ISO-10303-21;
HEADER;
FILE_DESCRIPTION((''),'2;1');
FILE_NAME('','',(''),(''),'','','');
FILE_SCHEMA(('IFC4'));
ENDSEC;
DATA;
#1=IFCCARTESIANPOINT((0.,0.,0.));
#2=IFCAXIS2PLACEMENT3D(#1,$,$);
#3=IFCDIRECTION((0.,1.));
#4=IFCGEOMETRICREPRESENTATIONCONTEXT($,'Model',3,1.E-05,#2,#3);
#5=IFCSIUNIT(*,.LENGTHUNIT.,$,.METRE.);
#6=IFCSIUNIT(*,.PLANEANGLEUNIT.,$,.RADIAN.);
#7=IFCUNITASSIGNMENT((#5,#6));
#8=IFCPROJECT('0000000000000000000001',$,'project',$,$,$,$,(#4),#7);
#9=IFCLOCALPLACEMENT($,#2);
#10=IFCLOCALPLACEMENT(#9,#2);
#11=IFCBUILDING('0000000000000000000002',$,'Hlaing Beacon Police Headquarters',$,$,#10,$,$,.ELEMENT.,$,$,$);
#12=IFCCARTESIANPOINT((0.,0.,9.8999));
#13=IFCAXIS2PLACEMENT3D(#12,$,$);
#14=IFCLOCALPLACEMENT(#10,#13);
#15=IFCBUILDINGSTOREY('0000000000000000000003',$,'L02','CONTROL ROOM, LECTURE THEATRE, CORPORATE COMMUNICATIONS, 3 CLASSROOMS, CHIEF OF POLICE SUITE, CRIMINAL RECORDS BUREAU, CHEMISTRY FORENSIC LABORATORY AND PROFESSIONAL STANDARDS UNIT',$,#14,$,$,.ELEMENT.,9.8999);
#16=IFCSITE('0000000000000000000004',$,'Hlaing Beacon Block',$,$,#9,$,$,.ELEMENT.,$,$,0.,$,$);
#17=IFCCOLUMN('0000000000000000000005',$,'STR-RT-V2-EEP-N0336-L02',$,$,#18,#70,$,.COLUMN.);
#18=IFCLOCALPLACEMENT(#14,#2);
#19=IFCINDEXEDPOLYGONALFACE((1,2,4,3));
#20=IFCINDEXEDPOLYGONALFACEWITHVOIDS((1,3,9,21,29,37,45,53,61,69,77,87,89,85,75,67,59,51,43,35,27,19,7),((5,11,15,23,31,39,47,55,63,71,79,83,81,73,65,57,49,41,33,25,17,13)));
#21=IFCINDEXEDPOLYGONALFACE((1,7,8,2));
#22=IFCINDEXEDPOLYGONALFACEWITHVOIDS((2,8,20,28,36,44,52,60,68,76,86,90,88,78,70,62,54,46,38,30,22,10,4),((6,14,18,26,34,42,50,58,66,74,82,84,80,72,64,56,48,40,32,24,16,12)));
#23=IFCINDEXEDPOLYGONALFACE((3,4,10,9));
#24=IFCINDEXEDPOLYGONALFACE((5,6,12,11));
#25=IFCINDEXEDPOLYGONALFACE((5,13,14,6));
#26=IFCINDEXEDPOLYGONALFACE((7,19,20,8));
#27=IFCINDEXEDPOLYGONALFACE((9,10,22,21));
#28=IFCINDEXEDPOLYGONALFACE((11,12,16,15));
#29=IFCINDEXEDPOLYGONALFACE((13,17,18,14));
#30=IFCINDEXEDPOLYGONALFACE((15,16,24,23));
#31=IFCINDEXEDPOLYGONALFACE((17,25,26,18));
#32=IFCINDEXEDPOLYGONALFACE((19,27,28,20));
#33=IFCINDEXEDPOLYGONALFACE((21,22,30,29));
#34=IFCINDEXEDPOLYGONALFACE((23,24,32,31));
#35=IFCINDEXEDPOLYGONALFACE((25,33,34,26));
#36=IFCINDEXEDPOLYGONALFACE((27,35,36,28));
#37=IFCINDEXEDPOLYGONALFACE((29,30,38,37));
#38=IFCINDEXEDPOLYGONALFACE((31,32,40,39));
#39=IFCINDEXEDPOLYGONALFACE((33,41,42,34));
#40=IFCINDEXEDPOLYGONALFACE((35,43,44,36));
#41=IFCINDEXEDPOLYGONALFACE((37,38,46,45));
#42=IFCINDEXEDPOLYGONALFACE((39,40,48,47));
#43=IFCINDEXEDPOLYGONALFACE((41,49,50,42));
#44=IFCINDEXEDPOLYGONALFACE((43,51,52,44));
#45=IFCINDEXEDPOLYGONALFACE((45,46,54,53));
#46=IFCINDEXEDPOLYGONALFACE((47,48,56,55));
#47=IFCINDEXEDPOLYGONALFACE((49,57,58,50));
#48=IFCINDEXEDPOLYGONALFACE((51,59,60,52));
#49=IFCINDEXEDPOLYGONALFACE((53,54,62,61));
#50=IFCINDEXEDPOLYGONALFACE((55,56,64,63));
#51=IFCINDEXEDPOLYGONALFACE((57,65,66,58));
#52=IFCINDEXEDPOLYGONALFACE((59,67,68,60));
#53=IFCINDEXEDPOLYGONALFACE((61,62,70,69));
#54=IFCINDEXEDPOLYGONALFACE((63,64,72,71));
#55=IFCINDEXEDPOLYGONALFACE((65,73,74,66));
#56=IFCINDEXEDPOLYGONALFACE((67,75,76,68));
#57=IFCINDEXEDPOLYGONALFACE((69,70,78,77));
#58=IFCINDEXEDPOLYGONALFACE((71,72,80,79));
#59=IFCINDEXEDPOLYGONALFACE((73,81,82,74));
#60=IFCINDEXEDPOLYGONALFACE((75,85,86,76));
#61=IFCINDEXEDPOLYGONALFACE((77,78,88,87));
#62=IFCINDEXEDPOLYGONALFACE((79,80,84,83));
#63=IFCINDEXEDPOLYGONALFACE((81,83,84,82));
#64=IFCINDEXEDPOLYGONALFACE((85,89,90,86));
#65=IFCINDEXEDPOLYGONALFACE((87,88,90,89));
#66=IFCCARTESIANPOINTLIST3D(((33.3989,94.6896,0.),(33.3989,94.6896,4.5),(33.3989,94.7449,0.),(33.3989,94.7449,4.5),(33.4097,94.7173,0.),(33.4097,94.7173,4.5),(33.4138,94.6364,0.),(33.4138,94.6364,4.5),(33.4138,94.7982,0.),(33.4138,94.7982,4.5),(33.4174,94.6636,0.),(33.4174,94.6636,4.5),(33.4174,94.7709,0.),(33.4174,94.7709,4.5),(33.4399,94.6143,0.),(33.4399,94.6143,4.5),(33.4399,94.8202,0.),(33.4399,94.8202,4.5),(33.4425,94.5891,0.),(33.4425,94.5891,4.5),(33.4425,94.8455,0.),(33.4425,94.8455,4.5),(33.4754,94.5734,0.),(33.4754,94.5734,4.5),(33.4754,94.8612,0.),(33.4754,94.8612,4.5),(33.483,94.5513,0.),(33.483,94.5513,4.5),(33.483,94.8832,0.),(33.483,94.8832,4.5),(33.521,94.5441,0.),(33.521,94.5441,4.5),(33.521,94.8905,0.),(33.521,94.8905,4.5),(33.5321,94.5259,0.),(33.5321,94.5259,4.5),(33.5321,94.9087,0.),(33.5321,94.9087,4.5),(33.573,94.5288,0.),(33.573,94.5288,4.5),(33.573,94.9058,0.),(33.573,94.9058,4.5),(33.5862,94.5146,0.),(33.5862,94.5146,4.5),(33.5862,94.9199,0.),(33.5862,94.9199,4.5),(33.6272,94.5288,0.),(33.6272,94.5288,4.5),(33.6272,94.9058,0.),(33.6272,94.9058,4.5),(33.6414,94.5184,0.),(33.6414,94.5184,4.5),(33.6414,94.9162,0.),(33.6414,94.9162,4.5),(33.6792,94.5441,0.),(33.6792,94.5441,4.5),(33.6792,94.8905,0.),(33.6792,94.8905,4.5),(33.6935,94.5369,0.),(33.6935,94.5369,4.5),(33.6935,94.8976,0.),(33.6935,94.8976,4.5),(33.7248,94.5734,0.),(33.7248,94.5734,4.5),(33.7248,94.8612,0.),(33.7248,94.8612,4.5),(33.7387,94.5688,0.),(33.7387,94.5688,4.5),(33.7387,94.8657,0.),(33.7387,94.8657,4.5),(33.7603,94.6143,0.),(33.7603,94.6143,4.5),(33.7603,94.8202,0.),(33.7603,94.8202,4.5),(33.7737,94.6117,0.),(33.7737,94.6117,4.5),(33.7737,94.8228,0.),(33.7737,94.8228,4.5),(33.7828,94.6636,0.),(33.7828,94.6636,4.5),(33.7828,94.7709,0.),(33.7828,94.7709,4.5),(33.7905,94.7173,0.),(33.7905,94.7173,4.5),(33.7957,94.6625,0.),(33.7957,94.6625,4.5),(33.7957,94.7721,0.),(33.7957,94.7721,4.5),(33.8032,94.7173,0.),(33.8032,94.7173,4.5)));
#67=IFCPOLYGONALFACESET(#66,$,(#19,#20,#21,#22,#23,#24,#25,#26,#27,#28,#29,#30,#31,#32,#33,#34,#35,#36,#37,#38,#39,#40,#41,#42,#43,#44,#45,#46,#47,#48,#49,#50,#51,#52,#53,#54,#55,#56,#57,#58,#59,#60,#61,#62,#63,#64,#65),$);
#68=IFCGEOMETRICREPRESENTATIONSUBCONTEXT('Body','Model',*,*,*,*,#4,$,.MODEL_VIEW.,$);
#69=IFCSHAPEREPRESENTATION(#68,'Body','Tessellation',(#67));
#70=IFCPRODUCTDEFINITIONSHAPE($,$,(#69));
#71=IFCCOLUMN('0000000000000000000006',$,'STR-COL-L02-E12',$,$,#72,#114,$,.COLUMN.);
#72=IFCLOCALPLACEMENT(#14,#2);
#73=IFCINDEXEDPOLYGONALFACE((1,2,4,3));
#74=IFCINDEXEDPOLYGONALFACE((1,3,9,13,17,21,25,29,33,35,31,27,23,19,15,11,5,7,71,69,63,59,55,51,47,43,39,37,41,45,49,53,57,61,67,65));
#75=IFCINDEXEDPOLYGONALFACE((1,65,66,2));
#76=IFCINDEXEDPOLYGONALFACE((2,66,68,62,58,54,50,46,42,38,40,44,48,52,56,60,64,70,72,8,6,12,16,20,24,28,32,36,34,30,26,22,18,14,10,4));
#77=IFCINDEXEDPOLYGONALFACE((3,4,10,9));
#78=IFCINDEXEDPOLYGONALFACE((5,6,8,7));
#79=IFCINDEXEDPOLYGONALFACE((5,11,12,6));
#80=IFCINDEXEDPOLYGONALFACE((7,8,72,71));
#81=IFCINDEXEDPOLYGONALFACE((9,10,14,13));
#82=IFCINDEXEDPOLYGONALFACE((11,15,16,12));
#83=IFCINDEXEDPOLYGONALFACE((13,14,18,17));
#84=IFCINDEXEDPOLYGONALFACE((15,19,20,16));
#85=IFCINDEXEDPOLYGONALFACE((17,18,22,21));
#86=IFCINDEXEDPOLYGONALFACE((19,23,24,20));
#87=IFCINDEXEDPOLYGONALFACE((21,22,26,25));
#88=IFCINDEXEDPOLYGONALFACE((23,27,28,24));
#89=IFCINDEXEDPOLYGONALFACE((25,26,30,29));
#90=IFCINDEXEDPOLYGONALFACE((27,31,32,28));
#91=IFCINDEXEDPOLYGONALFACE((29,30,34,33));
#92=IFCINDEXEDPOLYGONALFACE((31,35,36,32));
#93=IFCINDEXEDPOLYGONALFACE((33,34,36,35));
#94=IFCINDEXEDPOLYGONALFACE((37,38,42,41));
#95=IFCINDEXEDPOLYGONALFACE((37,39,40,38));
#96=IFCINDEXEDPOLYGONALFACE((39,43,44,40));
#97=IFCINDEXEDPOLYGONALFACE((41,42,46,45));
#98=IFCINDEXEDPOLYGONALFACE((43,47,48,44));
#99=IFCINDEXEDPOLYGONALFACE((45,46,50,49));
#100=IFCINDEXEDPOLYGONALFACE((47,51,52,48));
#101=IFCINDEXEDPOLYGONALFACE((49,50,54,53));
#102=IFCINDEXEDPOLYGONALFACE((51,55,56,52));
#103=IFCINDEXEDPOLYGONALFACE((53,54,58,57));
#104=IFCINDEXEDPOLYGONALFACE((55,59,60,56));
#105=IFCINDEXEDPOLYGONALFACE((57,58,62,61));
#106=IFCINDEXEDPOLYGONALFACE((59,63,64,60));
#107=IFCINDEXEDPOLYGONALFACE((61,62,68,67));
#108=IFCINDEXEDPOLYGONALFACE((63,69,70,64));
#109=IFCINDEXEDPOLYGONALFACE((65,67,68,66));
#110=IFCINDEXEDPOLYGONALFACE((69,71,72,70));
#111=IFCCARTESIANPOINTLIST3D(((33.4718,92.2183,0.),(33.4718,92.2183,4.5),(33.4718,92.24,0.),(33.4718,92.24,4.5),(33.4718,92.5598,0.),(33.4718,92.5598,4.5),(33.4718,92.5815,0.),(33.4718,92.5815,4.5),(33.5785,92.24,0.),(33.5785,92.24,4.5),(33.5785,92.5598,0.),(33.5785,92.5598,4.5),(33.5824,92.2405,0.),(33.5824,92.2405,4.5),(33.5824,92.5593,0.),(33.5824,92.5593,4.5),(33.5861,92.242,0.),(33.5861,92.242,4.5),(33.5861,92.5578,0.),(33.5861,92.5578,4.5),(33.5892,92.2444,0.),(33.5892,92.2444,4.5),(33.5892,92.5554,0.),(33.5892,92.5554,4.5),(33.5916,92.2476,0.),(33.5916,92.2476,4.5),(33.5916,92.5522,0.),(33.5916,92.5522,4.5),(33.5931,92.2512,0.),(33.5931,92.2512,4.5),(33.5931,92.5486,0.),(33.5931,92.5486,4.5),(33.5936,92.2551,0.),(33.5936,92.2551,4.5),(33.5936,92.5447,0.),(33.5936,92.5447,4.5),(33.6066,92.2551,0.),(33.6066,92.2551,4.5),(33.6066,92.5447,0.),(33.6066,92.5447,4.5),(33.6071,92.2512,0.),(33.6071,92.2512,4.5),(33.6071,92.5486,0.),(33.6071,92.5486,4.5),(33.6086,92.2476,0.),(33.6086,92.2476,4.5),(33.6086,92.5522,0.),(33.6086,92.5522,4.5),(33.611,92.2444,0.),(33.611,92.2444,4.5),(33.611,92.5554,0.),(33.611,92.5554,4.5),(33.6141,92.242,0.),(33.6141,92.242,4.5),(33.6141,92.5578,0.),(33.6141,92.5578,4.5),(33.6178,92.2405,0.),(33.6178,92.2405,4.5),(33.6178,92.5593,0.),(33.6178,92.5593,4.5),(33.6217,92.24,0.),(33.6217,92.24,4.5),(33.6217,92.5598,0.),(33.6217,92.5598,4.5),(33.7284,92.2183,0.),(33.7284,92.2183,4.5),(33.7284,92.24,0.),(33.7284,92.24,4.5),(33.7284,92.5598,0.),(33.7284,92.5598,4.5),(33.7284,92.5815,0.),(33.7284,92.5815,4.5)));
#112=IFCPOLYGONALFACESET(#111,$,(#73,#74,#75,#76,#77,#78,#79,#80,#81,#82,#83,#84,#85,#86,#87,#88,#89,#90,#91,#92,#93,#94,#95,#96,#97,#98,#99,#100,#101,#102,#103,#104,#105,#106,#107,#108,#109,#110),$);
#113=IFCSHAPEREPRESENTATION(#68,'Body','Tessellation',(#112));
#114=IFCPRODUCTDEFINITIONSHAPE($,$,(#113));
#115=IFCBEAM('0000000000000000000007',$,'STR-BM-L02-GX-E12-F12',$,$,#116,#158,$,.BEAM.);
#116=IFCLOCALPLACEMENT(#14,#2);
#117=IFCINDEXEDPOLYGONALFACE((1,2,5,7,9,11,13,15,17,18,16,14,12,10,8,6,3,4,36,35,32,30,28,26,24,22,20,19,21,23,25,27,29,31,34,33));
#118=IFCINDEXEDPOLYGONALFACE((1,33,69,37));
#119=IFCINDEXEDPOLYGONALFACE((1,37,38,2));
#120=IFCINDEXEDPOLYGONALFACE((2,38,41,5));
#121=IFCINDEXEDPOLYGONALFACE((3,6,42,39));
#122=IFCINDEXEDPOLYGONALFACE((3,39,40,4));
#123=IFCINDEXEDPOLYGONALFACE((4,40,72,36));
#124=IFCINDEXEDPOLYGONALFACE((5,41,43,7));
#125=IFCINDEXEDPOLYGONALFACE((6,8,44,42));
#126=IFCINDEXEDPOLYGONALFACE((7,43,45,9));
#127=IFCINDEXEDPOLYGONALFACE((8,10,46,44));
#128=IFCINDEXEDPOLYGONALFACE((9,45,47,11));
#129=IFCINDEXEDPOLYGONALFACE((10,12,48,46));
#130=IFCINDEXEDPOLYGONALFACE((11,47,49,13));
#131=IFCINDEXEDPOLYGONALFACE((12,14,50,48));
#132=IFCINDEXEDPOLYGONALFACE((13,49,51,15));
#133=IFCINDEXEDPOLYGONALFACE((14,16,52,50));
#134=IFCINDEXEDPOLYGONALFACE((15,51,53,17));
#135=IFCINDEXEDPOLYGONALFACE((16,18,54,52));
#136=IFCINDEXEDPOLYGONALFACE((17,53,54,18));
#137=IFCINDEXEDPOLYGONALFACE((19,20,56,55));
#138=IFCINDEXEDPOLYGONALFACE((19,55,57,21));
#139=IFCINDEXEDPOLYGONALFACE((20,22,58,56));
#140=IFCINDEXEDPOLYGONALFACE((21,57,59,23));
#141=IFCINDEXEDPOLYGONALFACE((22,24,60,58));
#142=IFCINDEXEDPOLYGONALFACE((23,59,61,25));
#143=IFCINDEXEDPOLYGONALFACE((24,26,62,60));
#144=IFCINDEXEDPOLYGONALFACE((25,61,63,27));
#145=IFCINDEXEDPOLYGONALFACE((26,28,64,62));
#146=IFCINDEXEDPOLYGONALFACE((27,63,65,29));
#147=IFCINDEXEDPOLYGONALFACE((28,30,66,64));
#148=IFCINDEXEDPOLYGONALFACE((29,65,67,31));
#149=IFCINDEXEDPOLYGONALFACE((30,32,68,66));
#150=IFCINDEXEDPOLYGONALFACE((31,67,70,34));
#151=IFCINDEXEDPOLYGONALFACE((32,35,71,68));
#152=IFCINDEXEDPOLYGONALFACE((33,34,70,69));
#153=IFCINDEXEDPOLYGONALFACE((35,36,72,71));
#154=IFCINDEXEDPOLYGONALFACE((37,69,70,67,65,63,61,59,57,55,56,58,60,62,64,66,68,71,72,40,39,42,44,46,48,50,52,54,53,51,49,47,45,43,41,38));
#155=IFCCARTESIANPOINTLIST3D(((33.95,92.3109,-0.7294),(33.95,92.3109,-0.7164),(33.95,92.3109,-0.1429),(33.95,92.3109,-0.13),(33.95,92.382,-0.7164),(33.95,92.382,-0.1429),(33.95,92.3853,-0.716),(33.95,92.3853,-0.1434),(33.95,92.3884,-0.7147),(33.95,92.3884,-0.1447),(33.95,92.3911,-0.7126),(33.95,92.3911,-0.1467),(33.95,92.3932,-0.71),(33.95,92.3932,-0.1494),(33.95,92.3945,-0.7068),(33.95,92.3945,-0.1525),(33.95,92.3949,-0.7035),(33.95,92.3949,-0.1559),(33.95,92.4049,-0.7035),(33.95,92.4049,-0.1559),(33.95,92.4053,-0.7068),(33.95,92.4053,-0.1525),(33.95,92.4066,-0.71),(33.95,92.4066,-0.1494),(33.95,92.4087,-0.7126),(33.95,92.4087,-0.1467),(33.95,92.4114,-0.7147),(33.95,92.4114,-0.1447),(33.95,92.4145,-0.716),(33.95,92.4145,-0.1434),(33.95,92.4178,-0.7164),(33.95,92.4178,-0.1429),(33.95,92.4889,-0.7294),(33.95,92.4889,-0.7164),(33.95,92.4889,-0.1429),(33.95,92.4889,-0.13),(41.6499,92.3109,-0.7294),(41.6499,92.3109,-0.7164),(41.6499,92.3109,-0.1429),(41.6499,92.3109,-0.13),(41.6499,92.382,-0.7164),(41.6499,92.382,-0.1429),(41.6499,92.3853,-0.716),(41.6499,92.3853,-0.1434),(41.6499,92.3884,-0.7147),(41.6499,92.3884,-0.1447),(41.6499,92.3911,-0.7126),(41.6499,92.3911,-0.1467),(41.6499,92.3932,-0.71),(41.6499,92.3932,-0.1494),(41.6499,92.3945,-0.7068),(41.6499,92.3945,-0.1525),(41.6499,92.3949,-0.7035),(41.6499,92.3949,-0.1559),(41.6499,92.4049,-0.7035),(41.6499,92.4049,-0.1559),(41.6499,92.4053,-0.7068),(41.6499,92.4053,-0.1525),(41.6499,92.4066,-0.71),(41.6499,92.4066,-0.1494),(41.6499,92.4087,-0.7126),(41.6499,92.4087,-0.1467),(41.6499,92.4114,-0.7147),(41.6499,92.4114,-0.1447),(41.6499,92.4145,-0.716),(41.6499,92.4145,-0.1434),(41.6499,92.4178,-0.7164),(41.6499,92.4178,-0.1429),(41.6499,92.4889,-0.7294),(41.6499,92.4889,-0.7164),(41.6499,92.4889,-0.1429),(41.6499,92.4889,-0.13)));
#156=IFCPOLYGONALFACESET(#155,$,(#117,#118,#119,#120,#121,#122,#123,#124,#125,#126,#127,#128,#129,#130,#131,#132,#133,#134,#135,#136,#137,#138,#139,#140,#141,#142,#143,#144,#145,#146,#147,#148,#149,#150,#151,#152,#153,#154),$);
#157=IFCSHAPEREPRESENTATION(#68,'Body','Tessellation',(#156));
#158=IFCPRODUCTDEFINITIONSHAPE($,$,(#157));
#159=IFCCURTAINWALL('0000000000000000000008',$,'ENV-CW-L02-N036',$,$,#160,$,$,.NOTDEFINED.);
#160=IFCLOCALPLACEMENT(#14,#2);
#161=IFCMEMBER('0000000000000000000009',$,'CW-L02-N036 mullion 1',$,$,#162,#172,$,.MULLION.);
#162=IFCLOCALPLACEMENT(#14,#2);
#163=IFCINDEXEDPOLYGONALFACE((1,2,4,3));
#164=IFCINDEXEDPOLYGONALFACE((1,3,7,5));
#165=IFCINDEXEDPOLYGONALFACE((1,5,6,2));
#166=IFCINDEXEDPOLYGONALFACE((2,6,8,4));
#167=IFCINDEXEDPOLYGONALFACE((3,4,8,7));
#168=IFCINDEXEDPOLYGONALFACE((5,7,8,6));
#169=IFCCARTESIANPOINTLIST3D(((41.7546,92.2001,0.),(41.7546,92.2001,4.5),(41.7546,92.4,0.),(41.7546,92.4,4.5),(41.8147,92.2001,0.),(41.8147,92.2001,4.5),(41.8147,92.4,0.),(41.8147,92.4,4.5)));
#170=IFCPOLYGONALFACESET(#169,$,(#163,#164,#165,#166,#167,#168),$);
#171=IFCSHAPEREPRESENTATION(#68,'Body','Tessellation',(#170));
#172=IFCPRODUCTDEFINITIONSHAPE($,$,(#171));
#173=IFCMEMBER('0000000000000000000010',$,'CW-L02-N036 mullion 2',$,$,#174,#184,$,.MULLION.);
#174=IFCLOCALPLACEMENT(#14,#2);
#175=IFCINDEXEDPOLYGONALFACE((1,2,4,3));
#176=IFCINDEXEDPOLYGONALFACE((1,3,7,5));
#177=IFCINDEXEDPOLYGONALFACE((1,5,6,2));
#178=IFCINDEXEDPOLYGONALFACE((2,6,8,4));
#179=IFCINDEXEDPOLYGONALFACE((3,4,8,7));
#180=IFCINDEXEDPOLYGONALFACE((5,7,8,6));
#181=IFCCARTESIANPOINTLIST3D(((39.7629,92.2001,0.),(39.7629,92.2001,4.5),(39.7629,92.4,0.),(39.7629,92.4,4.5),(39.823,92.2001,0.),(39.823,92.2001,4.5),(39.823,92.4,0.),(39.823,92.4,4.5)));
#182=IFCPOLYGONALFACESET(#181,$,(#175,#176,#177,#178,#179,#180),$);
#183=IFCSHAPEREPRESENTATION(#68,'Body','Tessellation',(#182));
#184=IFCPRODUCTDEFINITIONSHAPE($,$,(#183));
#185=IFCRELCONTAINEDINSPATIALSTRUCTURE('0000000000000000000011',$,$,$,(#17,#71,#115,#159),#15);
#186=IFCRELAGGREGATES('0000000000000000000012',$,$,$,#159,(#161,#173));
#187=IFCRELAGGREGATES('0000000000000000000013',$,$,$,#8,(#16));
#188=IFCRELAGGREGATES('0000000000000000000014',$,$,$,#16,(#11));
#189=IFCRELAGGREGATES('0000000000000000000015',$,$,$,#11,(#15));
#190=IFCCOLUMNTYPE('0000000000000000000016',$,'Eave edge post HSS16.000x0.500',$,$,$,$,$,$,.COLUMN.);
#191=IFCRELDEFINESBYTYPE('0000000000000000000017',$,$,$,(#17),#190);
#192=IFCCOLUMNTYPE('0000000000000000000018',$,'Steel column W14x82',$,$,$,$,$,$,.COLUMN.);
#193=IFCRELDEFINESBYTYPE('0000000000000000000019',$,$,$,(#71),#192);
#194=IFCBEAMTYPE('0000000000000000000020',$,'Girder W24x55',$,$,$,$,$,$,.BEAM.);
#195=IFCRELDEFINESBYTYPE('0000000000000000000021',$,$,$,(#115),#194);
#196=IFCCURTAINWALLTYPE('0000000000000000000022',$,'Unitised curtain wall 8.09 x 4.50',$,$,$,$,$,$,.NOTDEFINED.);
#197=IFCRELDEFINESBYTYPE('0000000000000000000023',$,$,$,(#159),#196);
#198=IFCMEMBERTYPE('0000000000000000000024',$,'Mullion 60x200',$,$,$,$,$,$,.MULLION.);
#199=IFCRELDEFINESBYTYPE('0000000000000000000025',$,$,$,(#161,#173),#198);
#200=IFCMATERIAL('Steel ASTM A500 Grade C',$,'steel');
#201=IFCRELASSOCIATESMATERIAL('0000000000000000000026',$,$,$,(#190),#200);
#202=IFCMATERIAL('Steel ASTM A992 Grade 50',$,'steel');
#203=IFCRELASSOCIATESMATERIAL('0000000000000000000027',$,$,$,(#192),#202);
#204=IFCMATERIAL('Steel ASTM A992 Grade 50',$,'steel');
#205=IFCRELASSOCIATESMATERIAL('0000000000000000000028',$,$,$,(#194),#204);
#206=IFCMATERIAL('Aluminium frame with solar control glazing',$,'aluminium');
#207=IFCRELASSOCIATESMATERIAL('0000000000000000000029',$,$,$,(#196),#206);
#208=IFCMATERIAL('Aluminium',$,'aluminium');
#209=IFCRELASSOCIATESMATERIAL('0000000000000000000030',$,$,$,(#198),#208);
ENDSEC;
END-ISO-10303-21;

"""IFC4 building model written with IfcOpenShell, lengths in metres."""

from ifc_helpers import new_model, si_unit, direction, frame, origin, origin_2d, place, context, subcontext, project, spatial, rectangle, hollow_circle, i_section, extrude, material, material_profile, profile_set, type_object, element, aggregate, save


model = new_model("IFC4")

# Units and contexts
model_context = context("Model", 3, precision=1e-05, world=origin(), true_north=direction((0.0, 1.0)))
body_context = subcontext(model_context, "Body", "Model", "MODEL_VIEW")
ifc_project = project(units=[si_unit("LENGTHUNIT", "METRE"), si_unit("PLANEANGLEUNIT", "RADIAN")], contexts=[model_context])

# Site, building, storey
site_placement = place(None, origin())
site = spatial("IfcSite", under=ifc_project, at=site_placement, Name="Hlaing Beacon Block", CompositionType="ELEMENT", RefElevation=0.0)
building_placement = place(site_placement, origin())
building = spatial("IfcBuilding", under=site, at=building_placement, Name="Hlaing Beacon Police Headquarters", CompositionType="ELEMENT")
storey_placement = place(building_placement, frame((0.0, 0.0, 9.8999)))
storey = spatial("IfcBuildingStorey", under=building, at=storey_placement, Name="L02", Description="CONTROL ROOM, LECTURE THEATRE, CORPORATE COMMUNICATIONS, 3 CLASSROOMS, CHIEF OF POLICE SUITE, CRIMINAL RECORDS BUREAU, CHEMISTRY FORENSIC LABORATORY AND PROFESSIONAL STANDARDS UNIT", CompositionType="ELEMENT", Elevation=9.8999)

# Columns
ifc_material_1 = material(Name="Steel ASTM A500 Grade C", Category="steel")
ifc_material_profile_1 = material_profile(ifc_material_1, hollow_circle(Radius=0.2031, WallThickness=0.0127, at=origin_2d()), Name="HSS16.000x0.500")
ifc_profile_set_1 = profile_set([ifc_material_profile_1], Name="Steel ASTM A500 Grade C")
column_type_1 = type_object("IfcColumnType", Name="Eave edge post HSS16.000x0.500", PredefinedType="COLUMN", material=ifc_profile_set_1)
column_1_placement = place(storey_placement, frame((33.6001, 94.7173, 0.0), z_axis=(0.0, 0.0, 1.0), x_axis=(1.0, 0.0, 0.0)))
element("IfcColumn", 1, at=column_1_placement, inside=storey, type_object=column_type_1, Name="STR-RT-V2-EEP-N0336-L02", PredefinedType="COLUMN", context=body_context, shape_type="SweptSolid", body=[
    extrude(hollow_circle(Radius=0.2031, WallThickness=0.0127, at=origin_2d()), origin(), (0.0, 0.0, 1.0), 4.5),
])
ifc_material_2 = material(Name="Steel ASTM A992 Grade 50", Category="steel")
ifc_material_profile_2 = material_profile(ifc_material_2, i_section(OverallWidth=0.2566, OverallDepth=0.3633, WebThickness=0.0129, FlangeThickness=0.0217, FilletRadius=0.0151, at=origin_2d()), Name="W14x82")
ifc_profile_set_2 = profile_set([ifc_material_profile_2], Name="Steel ASTM A992 Grade 50")
column_type_2 = type_object("IfcColumnType", Name="Steel column W14x82", PredefinedType="COLUMN", material=ifc_profile_set_2)
column_2_placement = place(storey_placement, frame((33.6001, 92.3999, 0.0), z_axis=(0.0, 0.0, 1.0), x_axis=(1.0, 0.0, 0.0)))
element("IfcColumn", 2, at=column_2_placement, inside=storey, type_object=column_type_2, Name="STR-COL-L02-E12", PredefinedType="COLUMN", context=body_context, shape_type="SweptSolid", body=[
    extrude(i_section(OverallWidth=0.2566, OverallDepth=0.3633, WebThickness=0.0129, FlangeThickness=0.0217, FilletRadius=0.0151, at=origin_2d()), origin(), (0.0, 0.0, 1.0), 4.5),
])

# Beam
ifc_material_3 = material(Name="Steel ASTM A992 Grade 50", Category="steel")
ifc_material_profile_3 = material_profile(ifc_material_3, i_section(OverallWidth=0.178, OverallDepth=0.5994, WebThickness=0.01, FlangeThickness=0.0129, FilletRadius=0.0129, at=origin_2d()), Name="W24x55")
ifc_profile_set_3 = profile_set([ifc_material_profile_3], Name="Steel ASTM A992 Grade 50")
beam_type = type_object("IfcBeamType", Name="Girder W24x55", PredefinedType="BEAM", material=ifc_profile_set_3)
beam_placement = place(storey_placement, frame((33.95, 92.3999, -0.4297), z_axis=(1.0, 0.0, 0.0), x_axis=(0.0, 1.0, 0.0)))
element("IfcBeam", 3, at=beam_placement, inside=storey, type_object=beam_type, Name="STR-BM-L02-GX-E12-F12", PredefinedType="BEAM", context=body_context, shape_type="SweptSolid", body=[
    extrude(i_section(OverallWidth=0.178, OverallDepth=0.5994, WebThickness=0.01, FlangeThickness=0.0129, FilletRadius=0.0129, at=origin_2d()), origin(), (0.0, 0.0, 1.0), 7.7),
])

# Curtain wall, members
ifc_material_4 = material(Name="Aluminium frame with solar control glazing", Category="aluminium")
curtain_wall_type = type_object("IfcCurtainWallType", Name="Unitised curtain wall 8.09 x 4.50", PredefinedType="NOTDEFINED", material=ifc_material_4)
curtain_wall_placement = place(storey_placement, origin())
curtain_wall = element("IfcCurtainWall", 4, at=curtain_wall_placement, inside=storey, type_object=curtain_wall_type, Name="ENV-CW-L02-N036", PredefinedType="NOTDEFINED")
ifc_material_5 = material(Name="Aluminium", Category="aluminium")
ifc_material_profile_4 = material_profile(ifc_material_5, rectangle(XDim=0.2, YDim=0.0601, at=origin_2d()), Name="Mullion 60x200")
ifc_profile_set_4 = profile_set([ifc_material_profile_4], Name="Aluminium")
member_type_1 = type_object("IfcMemberType", Name="Mullion 60x200", PredefinedType="MULLION", material=ifc_profile_set_4)
member_1_placement = place(storey_placement, frame((41.7847, 92.3, 0.0), z_axis=(0.0, 0.0, 1.0), x_axis=(0.0, -1.0, 0.0)))
member_1 = element("IfcMember", 5, at=member_1_placement, type_object=member_type_1, Name="CW-L02-N036 mullion 1", PredefinedType="MULLION", context=body_context, shape_type="SweptSolid", body=[
    extrude(rectangle(XDim=0.2, YDim=0.0601, at=origin_2d()), origin(), (0.0, 0.0, 1.0), 4.5),
])
member_2_placement = place(storey_placement, frame((39.793, 92.3, 0.0), z_axis=(0.0, 0.0, 1.0), x_axis=(0.0, -1.0, 0.0)))
member_2 = element("IfcMember", 6, at=member_2_placement, type_object=member_type_1, Name="CW-L02-N036 mullion 2", PredefinedType="MULLION", context=body_context, shape_type="SweptSolid", body=[
    extrude(rectangle(XDim=0.2, YDim=0.0601, at=origin_2d()), origin(), (0.0, 0.0, 1.0), 4.5),
])
aggregate(curtain_wall, [member_1, member_2])

save(model, "model.ifc")
